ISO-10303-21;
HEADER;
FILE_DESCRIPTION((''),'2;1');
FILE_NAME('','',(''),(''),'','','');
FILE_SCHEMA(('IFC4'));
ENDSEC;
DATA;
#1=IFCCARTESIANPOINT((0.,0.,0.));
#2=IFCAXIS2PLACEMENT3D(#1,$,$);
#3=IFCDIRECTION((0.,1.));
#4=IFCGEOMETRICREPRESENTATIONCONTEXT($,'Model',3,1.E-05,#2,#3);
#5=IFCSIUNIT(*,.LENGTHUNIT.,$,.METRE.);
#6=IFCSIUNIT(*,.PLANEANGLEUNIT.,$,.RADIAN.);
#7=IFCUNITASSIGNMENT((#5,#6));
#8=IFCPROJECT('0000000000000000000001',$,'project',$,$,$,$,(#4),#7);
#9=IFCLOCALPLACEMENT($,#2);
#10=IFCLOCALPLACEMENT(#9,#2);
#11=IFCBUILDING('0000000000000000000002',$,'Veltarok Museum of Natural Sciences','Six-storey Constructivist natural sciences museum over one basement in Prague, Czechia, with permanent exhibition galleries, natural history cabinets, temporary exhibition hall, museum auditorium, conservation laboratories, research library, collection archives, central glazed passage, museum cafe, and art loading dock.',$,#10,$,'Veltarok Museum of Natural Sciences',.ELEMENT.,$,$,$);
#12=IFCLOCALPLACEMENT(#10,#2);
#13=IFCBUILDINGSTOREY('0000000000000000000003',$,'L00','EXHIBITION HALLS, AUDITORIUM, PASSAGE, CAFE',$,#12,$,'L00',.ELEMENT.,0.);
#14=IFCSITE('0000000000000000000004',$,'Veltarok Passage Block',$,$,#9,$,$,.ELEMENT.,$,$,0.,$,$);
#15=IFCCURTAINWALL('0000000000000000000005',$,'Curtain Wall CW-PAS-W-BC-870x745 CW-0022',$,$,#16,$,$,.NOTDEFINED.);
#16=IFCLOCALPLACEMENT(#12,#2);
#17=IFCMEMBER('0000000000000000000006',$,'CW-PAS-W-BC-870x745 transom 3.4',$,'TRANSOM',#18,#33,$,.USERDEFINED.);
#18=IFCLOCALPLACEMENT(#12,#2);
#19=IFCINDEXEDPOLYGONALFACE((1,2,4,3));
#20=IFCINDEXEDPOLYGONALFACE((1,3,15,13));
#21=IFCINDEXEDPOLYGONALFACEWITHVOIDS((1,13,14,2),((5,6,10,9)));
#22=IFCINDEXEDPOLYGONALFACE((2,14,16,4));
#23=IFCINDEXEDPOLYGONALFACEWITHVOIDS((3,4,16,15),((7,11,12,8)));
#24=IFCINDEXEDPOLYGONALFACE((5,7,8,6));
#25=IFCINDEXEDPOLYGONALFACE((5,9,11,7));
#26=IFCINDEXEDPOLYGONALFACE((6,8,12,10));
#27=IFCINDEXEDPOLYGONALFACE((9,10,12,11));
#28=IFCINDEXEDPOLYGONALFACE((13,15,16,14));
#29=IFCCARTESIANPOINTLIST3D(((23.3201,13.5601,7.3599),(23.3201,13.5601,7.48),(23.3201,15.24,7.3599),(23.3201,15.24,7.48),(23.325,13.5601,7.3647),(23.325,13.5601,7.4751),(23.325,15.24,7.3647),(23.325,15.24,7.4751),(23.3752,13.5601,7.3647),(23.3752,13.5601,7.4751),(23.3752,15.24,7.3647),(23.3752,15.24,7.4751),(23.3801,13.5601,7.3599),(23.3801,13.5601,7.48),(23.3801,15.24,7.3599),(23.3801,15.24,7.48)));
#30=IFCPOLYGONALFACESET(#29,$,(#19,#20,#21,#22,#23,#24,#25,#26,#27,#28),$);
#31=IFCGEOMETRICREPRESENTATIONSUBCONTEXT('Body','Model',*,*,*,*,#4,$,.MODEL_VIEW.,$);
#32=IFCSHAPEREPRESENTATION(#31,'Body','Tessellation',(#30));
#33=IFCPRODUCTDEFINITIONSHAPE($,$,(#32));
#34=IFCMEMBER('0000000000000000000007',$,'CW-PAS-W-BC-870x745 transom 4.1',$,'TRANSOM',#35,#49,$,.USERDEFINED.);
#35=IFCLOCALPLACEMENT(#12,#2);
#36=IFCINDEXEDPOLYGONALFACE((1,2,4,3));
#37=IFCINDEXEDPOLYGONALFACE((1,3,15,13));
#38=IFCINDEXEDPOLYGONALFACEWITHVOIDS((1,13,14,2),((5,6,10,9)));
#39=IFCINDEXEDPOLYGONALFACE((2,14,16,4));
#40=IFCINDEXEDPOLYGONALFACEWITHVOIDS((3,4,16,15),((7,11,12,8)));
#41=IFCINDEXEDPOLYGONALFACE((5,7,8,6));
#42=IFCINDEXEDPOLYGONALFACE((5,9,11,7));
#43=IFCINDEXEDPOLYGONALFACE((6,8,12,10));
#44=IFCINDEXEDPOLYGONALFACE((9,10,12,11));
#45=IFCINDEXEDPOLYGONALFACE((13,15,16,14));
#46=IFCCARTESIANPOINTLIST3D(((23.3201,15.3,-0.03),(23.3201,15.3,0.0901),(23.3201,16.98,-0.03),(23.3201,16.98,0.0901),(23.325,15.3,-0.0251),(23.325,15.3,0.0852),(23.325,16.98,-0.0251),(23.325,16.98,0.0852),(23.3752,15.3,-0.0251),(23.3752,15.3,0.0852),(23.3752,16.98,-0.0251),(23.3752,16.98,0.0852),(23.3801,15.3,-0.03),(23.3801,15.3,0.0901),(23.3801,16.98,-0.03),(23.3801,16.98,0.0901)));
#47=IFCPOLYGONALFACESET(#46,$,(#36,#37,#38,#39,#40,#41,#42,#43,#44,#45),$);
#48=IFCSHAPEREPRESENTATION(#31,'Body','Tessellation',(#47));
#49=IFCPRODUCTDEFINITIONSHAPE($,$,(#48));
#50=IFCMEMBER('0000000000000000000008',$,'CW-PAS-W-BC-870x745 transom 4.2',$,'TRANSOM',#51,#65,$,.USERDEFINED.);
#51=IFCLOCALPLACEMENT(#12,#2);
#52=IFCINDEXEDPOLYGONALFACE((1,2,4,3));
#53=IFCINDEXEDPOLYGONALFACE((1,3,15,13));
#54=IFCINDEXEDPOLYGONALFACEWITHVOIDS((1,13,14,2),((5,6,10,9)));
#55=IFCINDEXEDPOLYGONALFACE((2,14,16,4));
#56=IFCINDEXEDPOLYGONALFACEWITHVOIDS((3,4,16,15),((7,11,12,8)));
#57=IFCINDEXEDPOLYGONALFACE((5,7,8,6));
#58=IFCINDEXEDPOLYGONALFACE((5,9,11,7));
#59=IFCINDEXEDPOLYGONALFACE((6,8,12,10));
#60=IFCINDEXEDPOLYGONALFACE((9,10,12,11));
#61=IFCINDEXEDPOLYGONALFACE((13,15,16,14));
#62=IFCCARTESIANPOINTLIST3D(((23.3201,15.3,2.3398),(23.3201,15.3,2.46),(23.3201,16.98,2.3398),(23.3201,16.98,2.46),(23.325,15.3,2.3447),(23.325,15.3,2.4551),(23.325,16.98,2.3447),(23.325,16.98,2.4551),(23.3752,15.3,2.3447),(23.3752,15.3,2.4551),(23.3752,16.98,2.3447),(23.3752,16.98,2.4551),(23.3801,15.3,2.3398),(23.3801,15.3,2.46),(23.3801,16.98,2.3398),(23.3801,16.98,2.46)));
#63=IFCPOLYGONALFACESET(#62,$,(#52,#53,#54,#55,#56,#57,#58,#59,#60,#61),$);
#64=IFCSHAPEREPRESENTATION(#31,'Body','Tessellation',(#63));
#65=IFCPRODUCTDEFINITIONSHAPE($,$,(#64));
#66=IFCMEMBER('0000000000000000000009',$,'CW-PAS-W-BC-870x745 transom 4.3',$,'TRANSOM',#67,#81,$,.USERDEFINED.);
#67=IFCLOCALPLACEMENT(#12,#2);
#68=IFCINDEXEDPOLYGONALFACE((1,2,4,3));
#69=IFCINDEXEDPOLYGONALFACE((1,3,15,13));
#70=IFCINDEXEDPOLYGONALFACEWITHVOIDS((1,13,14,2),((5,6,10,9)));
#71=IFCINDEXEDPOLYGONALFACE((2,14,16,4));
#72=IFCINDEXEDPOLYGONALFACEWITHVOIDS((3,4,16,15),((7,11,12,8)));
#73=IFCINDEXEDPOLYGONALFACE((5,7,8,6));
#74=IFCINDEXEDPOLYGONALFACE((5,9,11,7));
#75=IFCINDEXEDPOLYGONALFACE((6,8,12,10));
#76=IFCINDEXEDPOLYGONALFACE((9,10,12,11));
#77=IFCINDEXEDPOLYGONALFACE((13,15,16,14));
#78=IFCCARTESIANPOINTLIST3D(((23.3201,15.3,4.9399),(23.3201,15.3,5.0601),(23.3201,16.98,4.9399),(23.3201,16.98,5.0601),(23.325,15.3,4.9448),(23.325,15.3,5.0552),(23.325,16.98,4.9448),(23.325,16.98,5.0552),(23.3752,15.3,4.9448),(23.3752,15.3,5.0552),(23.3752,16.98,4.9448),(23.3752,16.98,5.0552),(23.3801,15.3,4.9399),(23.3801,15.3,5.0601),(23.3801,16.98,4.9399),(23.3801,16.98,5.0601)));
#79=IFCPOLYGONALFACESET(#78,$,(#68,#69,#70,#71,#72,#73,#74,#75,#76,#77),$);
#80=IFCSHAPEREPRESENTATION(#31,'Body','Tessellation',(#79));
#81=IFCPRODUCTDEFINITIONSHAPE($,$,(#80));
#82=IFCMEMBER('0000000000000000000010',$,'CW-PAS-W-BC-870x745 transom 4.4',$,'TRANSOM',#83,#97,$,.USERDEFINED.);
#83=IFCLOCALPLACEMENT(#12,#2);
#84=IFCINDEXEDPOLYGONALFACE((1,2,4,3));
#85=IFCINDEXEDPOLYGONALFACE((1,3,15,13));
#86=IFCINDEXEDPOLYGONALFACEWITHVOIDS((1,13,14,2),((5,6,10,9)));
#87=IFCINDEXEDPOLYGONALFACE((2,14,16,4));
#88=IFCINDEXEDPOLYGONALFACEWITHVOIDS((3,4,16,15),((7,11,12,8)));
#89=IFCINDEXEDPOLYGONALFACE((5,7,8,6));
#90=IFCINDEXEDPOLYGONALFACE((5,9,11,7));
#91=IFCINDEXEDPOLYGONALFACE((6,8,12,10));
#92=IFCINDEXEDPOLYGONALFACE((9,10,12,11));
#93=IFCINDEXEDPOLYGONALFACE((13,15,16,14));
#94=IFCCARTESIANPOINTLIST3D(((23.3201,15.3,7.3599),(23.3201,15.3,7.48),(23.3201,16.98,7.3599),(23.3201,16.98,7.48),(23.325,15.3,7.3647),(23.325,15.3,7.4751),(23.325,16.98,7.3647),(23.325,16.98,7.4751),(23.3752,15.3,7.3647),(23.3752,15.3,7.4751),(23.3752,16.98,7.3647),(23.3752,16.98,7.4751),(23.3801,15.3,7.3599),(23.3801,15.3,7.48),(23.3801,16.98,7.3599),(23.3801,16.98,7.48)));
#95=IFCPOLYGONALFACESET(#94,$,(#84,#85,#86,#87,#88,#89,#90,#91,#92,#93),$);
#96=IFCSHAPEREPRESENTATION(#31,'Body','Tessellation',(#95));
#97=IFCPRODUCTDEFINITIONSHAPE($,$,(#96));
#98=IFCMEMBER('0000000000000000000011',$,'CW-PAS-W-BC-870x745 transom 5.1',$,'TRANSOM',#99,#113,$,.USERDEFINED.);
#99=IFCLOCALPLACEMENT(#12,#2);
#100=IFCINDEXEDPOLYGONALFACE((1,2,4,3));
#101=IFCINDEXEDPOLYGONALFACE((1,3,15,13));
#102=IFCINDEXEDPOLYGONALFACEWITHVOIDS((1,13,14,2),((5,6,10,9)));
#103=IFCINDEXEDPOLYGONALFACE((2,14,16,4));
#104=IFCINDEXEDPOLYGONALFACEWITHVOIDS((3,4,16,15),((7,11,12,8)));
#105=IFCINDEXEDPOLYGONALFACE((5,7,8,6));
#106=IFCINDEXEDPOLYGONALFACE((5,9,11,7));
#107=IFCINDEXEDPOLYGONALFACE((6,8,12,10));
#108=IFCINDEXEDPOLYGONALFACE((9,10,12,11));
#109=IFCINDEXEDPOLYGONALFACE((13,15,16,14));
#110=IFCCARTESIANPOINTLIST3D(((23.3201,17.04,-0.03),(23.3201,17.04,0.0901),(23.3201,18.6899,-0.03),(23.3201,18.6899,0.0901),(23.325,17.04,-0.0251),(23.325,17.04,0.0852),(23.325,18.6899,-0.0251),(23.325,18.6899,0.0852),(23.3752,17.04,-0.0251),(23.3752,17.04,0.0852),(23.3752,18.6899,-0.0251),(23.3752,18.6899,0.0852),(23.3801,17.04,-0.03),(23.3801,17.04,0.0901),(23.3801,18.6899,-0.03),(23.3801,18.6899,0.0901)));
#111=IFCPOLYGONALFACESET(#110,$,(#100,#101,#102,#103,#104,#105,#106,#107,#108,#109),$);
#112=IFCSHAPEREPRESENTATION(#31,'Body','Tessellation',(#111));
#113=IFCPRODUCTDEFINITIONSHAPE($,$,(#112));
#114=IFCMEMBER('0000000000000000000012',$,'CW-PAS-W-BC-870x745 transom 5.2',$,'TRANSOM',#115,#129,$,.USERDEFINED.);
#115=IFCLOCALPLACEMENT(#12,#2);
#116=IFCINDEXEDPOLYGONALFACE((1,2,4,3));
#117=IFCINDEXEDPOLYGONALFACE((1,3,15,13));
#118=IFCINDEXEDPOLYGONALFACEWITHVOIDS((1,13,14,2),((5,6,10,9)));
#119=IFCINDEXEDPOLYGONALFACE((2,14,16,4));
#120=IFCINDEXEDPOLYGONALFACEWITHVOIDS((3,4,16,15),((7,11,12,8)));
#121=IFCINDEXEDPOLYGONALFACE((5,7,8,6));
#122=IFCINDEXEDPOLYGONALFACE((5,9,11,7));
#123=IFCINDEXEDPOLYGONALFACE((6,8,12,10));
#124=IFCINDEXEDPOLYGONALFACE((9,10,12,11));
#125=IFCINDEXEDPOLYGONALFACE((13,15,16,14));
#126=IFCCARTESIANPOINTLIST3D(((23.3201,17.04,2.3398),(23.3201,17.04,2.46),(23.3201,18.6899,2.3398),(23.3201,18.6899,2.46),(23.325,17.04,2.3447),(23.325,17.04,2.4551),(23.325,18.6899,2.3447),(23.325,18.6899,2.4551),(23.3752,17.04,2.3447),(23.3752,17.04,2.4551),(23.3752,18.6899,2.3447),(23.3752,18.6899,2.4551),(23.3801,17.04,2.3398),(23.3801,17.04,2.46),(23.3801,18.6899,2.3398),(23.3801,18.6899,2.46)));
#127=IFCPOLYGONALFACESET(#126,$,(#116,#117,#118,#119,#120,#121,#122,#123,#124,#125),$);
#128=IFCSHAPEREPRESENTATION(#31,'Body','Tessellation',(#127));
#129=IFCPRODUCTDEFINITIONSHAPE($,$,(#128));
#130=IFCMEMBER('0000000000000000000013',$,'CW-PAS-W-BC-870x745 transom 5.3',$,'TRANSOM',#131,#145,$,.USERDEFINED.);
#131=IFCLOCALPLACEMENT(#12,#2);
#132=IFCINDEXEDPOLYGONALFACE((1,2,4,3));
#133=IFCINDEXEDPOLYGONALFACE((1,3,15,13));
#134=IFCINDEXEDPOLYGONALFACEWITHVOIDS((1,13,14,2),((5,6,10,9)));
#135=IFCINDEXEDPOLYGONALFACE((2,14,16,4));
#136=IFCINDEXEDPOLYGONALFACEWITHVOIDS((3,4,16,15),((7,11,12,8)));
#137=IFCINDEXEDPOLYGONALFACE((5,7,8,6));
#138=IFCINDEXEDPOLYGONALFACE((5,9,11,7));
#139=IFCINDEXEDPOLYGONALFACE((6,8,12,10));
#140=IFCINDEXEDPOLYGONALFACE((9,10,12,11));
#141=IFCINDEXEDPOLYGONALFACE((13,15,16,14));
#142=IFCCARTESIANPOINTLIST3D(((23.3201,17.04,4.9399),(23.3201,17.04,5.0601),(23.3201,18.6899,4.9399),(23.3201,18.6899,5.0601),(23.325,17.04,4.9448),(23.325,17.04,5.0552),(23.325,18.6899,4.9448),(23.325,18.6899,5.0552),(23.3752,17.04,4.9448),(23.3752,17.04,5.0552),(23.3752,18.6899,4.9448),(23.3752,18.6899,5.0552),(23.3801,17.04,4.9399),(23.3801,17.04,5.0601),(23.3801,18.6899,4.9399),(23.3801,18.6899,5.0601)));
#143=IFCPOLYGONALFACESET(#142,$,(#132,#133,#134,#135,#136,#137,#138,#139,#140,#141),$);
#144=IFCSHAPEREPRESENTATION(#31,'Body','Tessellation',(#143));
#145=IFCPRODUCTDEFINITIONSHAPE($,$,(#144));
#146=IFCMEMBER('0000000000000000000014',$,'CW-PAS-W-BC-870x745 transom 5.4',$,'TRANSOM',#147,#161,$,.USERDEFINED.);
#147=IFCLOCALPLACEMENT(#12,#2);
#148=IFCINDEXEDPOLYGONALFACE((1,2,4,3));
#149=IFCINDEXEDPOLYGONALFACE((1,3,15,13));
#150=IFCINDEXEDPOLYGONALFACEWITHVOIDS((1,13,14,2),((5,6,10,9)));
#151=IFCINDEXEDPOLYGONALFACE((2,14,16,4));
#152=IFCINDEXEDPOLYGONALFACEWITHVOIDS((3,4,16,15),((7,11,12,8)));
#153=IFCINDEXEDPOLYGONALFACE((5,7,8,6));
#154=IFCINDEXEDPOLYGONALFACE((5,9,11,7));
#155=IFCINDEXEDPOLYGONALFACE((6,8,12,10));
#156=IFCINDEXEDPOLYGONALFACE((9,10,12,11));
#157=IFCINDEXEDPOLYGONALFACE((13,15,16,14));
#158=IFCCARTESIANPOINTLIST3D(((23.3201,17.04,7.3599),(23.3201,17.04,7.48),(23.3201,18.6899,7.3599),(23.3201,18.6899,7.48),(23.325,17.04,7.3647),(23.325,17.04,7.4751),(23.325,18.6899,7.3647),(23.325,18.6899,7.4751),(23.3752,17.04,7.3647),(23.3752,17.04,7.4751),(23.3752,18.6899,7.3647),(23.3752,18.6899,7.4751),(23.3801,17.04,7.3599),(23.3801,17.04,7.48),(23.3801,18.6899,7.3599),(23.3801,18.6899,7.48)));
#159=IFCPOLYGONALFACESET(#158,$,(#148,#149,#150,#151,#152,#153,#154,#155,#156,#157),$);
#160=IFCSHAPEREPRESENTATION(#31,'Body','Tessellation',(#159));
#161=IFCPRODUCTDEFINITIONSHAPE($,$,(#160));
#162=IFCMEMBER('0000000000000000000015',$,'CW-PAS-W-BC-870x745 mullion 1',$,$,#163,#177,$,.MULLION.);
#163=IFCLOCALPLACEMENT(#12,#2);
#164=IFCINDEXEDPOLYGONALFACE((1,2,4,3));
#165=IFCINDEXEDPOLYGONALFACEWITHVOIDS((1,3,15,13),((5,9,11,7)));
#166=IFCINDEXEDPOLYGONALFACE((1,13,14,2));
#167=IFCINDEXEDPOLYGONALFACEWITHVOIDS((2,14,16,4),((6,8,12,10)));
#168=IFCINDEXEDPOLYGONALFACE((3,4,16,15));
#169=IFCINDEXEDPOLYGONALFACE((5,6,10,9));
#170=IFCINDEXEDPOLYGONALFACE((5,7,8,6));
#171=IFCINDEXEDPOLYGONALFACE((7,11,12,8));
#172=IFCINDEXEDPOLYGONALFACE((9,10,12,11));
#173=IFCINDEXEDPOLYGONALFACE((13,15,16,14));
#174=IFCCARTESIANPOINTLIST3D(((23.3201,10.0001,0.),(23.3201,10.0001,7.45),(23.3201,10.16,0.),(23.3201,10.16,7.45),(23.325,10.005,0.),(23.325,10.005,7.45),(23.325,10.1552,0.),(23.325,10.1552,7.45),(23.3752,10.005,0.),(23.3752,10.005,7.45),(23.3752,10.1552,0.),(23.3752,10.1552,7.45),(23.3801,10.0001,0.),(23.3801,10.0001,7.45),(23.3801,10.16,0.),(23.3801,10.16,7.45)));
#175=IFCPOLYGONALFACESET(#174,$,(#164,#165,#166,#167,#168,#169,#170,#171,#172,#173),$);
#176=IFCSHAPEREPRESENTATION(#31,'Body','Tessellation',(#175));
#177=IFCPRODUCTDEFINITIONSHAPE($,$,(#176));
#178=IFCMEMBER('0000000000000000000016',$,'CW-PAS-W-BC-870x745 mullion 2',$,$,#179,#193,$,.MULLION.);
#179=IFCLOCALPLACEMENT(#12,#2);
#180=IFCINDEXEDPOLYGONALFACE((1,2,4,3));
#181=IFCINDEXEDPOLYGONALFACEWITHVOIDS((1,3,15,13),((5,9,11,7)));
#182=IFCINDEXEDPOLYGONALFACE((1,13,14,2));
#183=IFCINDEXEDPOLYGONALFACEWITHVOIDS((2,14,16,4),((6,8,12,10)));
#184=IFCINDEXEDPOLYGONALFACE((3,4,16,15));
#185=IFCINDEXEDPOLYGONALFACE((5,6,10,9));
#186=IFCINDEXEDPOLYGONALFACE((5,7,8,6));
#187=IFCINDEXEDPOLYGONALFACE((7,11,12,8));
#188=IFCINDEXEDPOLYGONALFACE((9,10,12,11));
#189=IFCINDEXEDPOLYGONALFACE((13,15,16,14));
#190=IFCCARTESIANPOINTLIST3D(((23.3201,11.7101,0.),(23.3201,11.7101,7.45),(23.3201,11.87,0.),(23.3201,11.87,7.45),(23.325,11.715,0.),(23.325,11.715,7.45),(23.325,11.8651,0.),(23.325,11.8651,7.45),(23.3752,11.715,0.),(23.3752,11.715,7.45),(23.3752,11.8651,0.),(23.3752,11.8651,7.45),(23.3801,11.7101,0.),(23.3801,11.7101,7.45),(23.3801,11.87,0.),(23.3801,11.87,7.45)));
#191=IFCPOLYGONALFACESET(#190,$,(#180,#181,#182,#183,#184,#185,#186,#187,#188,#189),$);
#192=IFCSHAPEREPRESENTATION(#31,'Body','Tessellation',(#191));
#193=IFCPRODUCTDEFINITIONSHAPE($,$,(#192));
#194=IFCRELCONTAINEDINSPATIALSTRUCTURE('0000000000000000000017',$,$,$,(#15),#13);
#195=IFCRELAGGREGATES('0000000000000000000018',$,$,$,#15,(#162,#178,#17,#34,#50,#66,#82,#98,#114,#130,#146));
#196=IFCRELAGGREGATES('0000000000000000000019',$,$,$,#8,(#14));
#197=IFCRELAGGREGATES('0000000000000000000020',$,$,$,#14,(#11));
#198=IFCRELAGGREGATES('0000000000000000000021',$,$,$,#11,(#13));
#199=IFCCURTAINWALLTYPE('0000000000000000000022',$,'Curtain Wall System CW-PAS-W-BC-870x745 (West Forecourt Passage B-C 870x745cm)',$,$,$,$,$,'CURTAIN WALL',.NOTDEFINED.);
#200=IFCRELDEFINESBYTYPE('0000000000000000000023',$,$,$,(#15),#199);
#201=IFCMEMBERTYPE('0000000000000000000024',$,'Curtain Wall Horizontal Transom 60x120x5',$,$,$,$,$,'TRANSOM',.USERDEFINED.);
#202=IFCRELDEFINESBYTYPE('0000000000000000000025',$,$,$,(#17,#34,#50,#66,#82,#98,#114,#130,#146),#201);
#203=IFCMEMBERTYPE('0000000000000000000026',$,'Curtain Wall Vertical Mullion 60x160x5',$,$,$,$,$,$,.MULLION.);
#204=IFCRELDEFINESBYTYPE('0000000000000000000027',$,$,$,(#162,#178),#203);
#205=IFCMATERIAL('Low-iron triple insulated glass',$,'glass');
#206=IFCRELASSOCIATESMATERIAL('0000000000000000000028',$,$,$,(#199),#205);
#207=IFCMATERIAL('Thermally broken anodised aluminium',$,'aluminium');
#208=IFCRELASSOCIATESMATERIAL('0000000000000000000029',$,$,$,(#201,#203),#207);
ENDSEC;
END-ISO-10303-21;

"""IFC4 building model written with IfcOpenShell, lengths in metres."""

from ifc_helpers import new_model, si_unit, direction, frame, origin, origin_2d, place, context, subcontext, project, spatial, hollow_rectangle, extrude, material, material_profile, profile_set, type_object, element, aggregate, save


model = new_model("IFC4")

# Units and contexts
model_context = context("Model", 3, precision=1e-05, world=origin(), true_north=direction((0.0, 1.0)))
body_context = subcontext(model_context, "Body", "Model", "MODEL_VIEW")
ifc_project = project(units=[si_unit("LENGTHUNIT", "METRE"), si_unit("PLANEANGLEUNIT", "RADIAN")], contexts=[model_context])

# Site, building, storey
site_placement = place(None, origin())
site = spatial("IfcSite", under=ifc_project, at=site_placement, Name="Veltarok Passage Block", CompositionType="ELEMENT", RefElevation=0.0)
building_placement = place(site_placement, origin())
building = spatial("IfcBuilding", under=site, at=building_placement, Name="Veltarok Museum of Natural Sciences", Description="Six-storey Constructivist natural sciences museum over one basement in Prague, Czechia, with permanent exhibition galleries, natural history cabinets, temporary exhibition hall, museum auditorium, conservation laboratories, research library, collection archives, central glazed passage, museum cafe, and art loading dock.", LongName="Veltarok Museum of Natural Sciences", CompositionType="ELEMENT")
storey_placement = place(building_placement, origin())
storey = spatial("IfcBuildingStorey", under=building, at=storey_placement, Name="L00", Description="EXHIBITION HALLS, AUDITORIUM, PASSAGE, CAFE", LongName="L00", CompositionType="ELEMENT", Elevation=0.0)

# Curtain wall, members
ifc_material_1 = material(Name="Low-iron triple insulated glass", Category="glass")
curtain_wall_type = type_object("IfcCurtainWallType", Name="Curtain Wall System CW-PAS-W-BC-870x745 (West Forecourt Passage B-C 870x745cm)", ElementType="CURTAIN WALL", PredefinedType="NOTDEFINED", material=ifc_material_1)
curtain_wall_placement = place(storey_placement, origin())
curtain_wall = element("IfcCurtainWall", 1, at=curtain_wall_placement, inside=storey, type_object=curtain_wall_type, Name="Curtain Wall CW-PAS-W-BC-870x745 CW-0022", PredefinedType="NOTDEFINED")
ifc_material_2 = material(Name="Thermally broken anodised aluminium", Category="aluminium")
ifc_material_profile_1 = material_profile(ifc_material_2, hollow_rectangle(XDim=0.0601, YDim=0.1201, WallThickness=0.0049, at=origin_2d()), Name="CW TRANSOM 60x120x5")
ifc_profile_set_1 = profile_set([ifc_material_profile_1], Name="Thermally broken anodised aluminium")
member_type_1 = type_object("IfcMemberType", Name="Curtain Wall Horizontal Transom 60x120x5", ElementType="TRANSOM", PredefinedType="USERDEFINED", material=ifc_profile_set_1)
member_1_placement = place(storey_placement, frame((23.3501, 13.5601, 7.4199), z_axis=(0.0, 1.0, 0.0), x_axis=(-1.0, 0.0, 0.0)))
member_1 = element("IfcMember", 2, at=member_1_placement, type_object=member_type_1, Name="CW-PAS-W-BC-870x745 transom 3.4", ObjectType="TRANSOM", PredefinedType="USERDEFINED", context=body_context, shape_type="SweptSolid", body=[
    extrude(hollow_rectangle(XDim=0.0601, YDim=0.1201, WallThickness=0.0049, at=origin_2d()), origin(), (0.0, 0.0, 1.0), 1.6799),
])
member_2_placement = place(storey_placement, frame((23.3501, 15.3, 0.03), z_axis=(0.0, 1.0, 0.0), x_axis=(-1.0, 0.0, 0.0)))
member_2 = element("IfcMember", 3, at=member_2_placement, type_object=member_type_1, Name="CW-PAS-W-BC-870x745 transom 4.1", ObjectType="TRANSOM", PredefinedType="USERDEFINED", context=body_context, shape_type="SweptSolid", body=[
    extrude(hollow_rectangle(XDim=0.0601, YDim=0.1201, WallThickness=0.0049, at=origin_2d()), origin(), (0.0, 0.0, 1.0), 1.6799),
])
member_3_placement = place(storey_placement, frame((23.3501, 15.3, 2.3999), z_axis=(0.0, 1.0, 0.0), x_axis=(-1.0, 0.0, 0.0)))
member_3 = element("IfcMember", 4, at=member_3_placement, type_object=member_type_1, Name="CW-PAS-W-BC-870x745 transom 4.2", ObjectType="TRANSOM", PredefinedType="USERDEFINED", context=body_context, shape_type="SweptSolid", body=[
    extrude(hollow_rectangle(XDim=0.0601, YDim=0.1201, WallThickness=0.0049, at=origin_2d()), origin(), (0.0, 0.0, 1.0), 1.6799),
])
member_4_placement = place(storey_placement, frame((23.3501, 15.3, 5.0), z_axis=(0.0, 1.0, 0.0), x_axis=(-1.0, 0.0, 0.0)))
member_4 = element("IfcMember", 5, at=member_4_placement, type_object=member_type_1, Name="CW-PAS-W-BC-870x745 transom 4.3", ObjectType="TRANSOM", PredefinedType="USERDEFINED", context=body_context, shape_type="SweptSolid", body=[
    extrude(hollow_rectangle(XDim=0.0601, YDim=0.1201, WallThickness=0.0049, at=origin_2d()), origin(), (0.0, 0.0, 1.0), 1.6799),
])
member_5_placement = place(storey_placement, frame((23.3501, 15.3, 7.4199), z_axis=(0.0, 1.0, 0.0), x_axis=(-1.0, 0.0, 0.0)))
member_5 = element("IfcMember", 6, at=member_5_placement, type_object=member_type_1, Name="CW-PAS-W-BC-870x745 transom 4.4", ObjectType="TRANSOM", PredefinedType="USERDEFINED", context=body_context, shape_type="SweptSolid", body=[
    extrude(hollow_rectangle(XDim=0.0601, YDim=0.1201, WallThickness=0.0049, at=origin_2d()), origin(), (0.0, 0.0, 1.0), 1.6799),
])
member_6_placement = place(storey_placement, frame((23.3501, 17.04, 0.03), z_axis=(0.0, 1.0, 0.0), x_axis=(-1.0, 0.0, 0.0)))
member_6 = element("IfcMember", 7, at=member_6_placement, type_object=member_type_1, Name="CW-PAS-W-BC-870x745 transom 5.1", ObjectType="TRANSOM", PredefinedType="USERDEFINED", context=body_context, shape_type="SweptSolid", body=[
    extrude(hollow_rectangle(XDim=0.0601, YDim=0.1201, WallThickness=0.0049, at=origin_2d()), origin(), (0.0, 0.0, 1.0), 1.6499),
])
member_7_placement = place(storey_placement, frame((23.3501, 17.04, 2.3999), z_axis=(0.0, 1.0, 0.0), x_axis=(-1.0, 0.0, 0.0)))
member_7 = element("IfcMember", 8, at=member_7_placement, type_object=member_type_1, Name="CW-PAS-W-BC-870x745 transom 5.2", ObjectType="TRANSOM", PredefinedType="USERDEFINED", context=body_context, shape_type="SweptSolid", body=[
    extrude(hollow_rectangle(XDim=0.0601, YDim=0.1201, WallThickness=0.0049, at=origin_2d()), origin(), (0.0, 0.0, 1.0), 1.6499),
])
member_8_placement = place(storey_placement, frame((23.3501, 17.04, 5.0), z_axis=(0.0, 1.0, 0.0), x_axis=(-1.0, 0.0, 0.0)))
member_8 = element("IfcMember", 9, at=member_8_placement, type_object=member_type_1, Name="CW-PAS-W-BC-870x745 transom 5.3", ObjectType="TRANSOM", PredefinedType="USERDEFINED", context=body_context, shape_type="SweptSolid", body=[
    extrude(hollow_rectangle(XDim=0.0601, YDim=0.1201, WallThickness=0.0049, at=origin_2d()), origin(), (0.0, 0.0, 1.0), 1.6499),
])
member_9_placement = place(storey_placement, frame((23.3501, 17.04, 7.4199), z_axis=(0.0, 1.0, 0.0), x_axis=(-1.0, 0.0, 0.0)))
member_9 = element("IfcMember", 10, at=member_9_placement, type_object=member_type_1, Name="CW-PAS-W-BC-870x745 transom 5.4", ObjectType="TRANSOM", PredefinedType="USERDEFINED", context=body_context, shape_type="SweptSolid", body=[
    extrude(hollow_rectangle(XDim=0.0601, YDim=0.1201, WallThickness=0.0049, at=origin_2d()), origin(), (0.0, 0.0, 1.0), 1.6499),
])
ifc_material_profile_2 = material_profile(ifc_material_2, hollow_rectangle(XDim=0.0601, YDim=0.1599, WallThickness=0.0049, at=origin_2d()), Name="CW MULLION 60x160x5")
ifc_profile_set_2 = profile_set([ifc_material_profile_2], Name="Thermally broken anodised aluminium")
member_type_2 = type_object("IfcMemberType", Name="Curtain Wall Vertical Mullion 60x160x5", PredefinedType="MULLION", material=ifc_profile_set_2)
member_10_placement = place(storey_placement, frame((23.3501, 10.0801, 0.0), z_axis=(0.0, 0.0, 1.0), x_axis=(-1.0, 0.0, 0.0)))
member_10 = element("IfcMember", 11, at=member_10_placement, type_object=member_type_2, Name="CW-PAS-W-BC-870x745 mullion 1", PredefinedType="MULLION", context=body_context, shape_type="SweptSolid", body=[
    extrude(hollow_rectangle(XDim=0.0601, YDim=0.1599, WallThickness=0.0049, at=origin_2d()), origin(), (0.0, 0.0, 1.0), 7.45),
])
member_11_placement = place(storey_placement, frame((23.3501, 11.79, 0.0), z_axis=(0.0, 0.0, 1.0), x_axis=(-1.0, 0.0, 0.0)))
member_11 = element("IfcMember", 12, at=member_11_placement, type_object=member_type_2, Name="CW-PAS-W-BC-870x745 mullion 2", PredefinedType="MULLION", context=body_context, shape_type="SweptSolid", body=[
    extrude(hollow_rectangle(XDim=0.0601, YDim=0.1599, WallThickness=0.0049, at=origin_2d()), origin(), (0.0, 0.0, 1.0), 7.45),
])
aggregate(curtain_wall, [member_10, member_11, member_1, member_2, member_3, member_4, member_5, member_6, member_7, member_8, member_9])

save(model, "model.ifc")
